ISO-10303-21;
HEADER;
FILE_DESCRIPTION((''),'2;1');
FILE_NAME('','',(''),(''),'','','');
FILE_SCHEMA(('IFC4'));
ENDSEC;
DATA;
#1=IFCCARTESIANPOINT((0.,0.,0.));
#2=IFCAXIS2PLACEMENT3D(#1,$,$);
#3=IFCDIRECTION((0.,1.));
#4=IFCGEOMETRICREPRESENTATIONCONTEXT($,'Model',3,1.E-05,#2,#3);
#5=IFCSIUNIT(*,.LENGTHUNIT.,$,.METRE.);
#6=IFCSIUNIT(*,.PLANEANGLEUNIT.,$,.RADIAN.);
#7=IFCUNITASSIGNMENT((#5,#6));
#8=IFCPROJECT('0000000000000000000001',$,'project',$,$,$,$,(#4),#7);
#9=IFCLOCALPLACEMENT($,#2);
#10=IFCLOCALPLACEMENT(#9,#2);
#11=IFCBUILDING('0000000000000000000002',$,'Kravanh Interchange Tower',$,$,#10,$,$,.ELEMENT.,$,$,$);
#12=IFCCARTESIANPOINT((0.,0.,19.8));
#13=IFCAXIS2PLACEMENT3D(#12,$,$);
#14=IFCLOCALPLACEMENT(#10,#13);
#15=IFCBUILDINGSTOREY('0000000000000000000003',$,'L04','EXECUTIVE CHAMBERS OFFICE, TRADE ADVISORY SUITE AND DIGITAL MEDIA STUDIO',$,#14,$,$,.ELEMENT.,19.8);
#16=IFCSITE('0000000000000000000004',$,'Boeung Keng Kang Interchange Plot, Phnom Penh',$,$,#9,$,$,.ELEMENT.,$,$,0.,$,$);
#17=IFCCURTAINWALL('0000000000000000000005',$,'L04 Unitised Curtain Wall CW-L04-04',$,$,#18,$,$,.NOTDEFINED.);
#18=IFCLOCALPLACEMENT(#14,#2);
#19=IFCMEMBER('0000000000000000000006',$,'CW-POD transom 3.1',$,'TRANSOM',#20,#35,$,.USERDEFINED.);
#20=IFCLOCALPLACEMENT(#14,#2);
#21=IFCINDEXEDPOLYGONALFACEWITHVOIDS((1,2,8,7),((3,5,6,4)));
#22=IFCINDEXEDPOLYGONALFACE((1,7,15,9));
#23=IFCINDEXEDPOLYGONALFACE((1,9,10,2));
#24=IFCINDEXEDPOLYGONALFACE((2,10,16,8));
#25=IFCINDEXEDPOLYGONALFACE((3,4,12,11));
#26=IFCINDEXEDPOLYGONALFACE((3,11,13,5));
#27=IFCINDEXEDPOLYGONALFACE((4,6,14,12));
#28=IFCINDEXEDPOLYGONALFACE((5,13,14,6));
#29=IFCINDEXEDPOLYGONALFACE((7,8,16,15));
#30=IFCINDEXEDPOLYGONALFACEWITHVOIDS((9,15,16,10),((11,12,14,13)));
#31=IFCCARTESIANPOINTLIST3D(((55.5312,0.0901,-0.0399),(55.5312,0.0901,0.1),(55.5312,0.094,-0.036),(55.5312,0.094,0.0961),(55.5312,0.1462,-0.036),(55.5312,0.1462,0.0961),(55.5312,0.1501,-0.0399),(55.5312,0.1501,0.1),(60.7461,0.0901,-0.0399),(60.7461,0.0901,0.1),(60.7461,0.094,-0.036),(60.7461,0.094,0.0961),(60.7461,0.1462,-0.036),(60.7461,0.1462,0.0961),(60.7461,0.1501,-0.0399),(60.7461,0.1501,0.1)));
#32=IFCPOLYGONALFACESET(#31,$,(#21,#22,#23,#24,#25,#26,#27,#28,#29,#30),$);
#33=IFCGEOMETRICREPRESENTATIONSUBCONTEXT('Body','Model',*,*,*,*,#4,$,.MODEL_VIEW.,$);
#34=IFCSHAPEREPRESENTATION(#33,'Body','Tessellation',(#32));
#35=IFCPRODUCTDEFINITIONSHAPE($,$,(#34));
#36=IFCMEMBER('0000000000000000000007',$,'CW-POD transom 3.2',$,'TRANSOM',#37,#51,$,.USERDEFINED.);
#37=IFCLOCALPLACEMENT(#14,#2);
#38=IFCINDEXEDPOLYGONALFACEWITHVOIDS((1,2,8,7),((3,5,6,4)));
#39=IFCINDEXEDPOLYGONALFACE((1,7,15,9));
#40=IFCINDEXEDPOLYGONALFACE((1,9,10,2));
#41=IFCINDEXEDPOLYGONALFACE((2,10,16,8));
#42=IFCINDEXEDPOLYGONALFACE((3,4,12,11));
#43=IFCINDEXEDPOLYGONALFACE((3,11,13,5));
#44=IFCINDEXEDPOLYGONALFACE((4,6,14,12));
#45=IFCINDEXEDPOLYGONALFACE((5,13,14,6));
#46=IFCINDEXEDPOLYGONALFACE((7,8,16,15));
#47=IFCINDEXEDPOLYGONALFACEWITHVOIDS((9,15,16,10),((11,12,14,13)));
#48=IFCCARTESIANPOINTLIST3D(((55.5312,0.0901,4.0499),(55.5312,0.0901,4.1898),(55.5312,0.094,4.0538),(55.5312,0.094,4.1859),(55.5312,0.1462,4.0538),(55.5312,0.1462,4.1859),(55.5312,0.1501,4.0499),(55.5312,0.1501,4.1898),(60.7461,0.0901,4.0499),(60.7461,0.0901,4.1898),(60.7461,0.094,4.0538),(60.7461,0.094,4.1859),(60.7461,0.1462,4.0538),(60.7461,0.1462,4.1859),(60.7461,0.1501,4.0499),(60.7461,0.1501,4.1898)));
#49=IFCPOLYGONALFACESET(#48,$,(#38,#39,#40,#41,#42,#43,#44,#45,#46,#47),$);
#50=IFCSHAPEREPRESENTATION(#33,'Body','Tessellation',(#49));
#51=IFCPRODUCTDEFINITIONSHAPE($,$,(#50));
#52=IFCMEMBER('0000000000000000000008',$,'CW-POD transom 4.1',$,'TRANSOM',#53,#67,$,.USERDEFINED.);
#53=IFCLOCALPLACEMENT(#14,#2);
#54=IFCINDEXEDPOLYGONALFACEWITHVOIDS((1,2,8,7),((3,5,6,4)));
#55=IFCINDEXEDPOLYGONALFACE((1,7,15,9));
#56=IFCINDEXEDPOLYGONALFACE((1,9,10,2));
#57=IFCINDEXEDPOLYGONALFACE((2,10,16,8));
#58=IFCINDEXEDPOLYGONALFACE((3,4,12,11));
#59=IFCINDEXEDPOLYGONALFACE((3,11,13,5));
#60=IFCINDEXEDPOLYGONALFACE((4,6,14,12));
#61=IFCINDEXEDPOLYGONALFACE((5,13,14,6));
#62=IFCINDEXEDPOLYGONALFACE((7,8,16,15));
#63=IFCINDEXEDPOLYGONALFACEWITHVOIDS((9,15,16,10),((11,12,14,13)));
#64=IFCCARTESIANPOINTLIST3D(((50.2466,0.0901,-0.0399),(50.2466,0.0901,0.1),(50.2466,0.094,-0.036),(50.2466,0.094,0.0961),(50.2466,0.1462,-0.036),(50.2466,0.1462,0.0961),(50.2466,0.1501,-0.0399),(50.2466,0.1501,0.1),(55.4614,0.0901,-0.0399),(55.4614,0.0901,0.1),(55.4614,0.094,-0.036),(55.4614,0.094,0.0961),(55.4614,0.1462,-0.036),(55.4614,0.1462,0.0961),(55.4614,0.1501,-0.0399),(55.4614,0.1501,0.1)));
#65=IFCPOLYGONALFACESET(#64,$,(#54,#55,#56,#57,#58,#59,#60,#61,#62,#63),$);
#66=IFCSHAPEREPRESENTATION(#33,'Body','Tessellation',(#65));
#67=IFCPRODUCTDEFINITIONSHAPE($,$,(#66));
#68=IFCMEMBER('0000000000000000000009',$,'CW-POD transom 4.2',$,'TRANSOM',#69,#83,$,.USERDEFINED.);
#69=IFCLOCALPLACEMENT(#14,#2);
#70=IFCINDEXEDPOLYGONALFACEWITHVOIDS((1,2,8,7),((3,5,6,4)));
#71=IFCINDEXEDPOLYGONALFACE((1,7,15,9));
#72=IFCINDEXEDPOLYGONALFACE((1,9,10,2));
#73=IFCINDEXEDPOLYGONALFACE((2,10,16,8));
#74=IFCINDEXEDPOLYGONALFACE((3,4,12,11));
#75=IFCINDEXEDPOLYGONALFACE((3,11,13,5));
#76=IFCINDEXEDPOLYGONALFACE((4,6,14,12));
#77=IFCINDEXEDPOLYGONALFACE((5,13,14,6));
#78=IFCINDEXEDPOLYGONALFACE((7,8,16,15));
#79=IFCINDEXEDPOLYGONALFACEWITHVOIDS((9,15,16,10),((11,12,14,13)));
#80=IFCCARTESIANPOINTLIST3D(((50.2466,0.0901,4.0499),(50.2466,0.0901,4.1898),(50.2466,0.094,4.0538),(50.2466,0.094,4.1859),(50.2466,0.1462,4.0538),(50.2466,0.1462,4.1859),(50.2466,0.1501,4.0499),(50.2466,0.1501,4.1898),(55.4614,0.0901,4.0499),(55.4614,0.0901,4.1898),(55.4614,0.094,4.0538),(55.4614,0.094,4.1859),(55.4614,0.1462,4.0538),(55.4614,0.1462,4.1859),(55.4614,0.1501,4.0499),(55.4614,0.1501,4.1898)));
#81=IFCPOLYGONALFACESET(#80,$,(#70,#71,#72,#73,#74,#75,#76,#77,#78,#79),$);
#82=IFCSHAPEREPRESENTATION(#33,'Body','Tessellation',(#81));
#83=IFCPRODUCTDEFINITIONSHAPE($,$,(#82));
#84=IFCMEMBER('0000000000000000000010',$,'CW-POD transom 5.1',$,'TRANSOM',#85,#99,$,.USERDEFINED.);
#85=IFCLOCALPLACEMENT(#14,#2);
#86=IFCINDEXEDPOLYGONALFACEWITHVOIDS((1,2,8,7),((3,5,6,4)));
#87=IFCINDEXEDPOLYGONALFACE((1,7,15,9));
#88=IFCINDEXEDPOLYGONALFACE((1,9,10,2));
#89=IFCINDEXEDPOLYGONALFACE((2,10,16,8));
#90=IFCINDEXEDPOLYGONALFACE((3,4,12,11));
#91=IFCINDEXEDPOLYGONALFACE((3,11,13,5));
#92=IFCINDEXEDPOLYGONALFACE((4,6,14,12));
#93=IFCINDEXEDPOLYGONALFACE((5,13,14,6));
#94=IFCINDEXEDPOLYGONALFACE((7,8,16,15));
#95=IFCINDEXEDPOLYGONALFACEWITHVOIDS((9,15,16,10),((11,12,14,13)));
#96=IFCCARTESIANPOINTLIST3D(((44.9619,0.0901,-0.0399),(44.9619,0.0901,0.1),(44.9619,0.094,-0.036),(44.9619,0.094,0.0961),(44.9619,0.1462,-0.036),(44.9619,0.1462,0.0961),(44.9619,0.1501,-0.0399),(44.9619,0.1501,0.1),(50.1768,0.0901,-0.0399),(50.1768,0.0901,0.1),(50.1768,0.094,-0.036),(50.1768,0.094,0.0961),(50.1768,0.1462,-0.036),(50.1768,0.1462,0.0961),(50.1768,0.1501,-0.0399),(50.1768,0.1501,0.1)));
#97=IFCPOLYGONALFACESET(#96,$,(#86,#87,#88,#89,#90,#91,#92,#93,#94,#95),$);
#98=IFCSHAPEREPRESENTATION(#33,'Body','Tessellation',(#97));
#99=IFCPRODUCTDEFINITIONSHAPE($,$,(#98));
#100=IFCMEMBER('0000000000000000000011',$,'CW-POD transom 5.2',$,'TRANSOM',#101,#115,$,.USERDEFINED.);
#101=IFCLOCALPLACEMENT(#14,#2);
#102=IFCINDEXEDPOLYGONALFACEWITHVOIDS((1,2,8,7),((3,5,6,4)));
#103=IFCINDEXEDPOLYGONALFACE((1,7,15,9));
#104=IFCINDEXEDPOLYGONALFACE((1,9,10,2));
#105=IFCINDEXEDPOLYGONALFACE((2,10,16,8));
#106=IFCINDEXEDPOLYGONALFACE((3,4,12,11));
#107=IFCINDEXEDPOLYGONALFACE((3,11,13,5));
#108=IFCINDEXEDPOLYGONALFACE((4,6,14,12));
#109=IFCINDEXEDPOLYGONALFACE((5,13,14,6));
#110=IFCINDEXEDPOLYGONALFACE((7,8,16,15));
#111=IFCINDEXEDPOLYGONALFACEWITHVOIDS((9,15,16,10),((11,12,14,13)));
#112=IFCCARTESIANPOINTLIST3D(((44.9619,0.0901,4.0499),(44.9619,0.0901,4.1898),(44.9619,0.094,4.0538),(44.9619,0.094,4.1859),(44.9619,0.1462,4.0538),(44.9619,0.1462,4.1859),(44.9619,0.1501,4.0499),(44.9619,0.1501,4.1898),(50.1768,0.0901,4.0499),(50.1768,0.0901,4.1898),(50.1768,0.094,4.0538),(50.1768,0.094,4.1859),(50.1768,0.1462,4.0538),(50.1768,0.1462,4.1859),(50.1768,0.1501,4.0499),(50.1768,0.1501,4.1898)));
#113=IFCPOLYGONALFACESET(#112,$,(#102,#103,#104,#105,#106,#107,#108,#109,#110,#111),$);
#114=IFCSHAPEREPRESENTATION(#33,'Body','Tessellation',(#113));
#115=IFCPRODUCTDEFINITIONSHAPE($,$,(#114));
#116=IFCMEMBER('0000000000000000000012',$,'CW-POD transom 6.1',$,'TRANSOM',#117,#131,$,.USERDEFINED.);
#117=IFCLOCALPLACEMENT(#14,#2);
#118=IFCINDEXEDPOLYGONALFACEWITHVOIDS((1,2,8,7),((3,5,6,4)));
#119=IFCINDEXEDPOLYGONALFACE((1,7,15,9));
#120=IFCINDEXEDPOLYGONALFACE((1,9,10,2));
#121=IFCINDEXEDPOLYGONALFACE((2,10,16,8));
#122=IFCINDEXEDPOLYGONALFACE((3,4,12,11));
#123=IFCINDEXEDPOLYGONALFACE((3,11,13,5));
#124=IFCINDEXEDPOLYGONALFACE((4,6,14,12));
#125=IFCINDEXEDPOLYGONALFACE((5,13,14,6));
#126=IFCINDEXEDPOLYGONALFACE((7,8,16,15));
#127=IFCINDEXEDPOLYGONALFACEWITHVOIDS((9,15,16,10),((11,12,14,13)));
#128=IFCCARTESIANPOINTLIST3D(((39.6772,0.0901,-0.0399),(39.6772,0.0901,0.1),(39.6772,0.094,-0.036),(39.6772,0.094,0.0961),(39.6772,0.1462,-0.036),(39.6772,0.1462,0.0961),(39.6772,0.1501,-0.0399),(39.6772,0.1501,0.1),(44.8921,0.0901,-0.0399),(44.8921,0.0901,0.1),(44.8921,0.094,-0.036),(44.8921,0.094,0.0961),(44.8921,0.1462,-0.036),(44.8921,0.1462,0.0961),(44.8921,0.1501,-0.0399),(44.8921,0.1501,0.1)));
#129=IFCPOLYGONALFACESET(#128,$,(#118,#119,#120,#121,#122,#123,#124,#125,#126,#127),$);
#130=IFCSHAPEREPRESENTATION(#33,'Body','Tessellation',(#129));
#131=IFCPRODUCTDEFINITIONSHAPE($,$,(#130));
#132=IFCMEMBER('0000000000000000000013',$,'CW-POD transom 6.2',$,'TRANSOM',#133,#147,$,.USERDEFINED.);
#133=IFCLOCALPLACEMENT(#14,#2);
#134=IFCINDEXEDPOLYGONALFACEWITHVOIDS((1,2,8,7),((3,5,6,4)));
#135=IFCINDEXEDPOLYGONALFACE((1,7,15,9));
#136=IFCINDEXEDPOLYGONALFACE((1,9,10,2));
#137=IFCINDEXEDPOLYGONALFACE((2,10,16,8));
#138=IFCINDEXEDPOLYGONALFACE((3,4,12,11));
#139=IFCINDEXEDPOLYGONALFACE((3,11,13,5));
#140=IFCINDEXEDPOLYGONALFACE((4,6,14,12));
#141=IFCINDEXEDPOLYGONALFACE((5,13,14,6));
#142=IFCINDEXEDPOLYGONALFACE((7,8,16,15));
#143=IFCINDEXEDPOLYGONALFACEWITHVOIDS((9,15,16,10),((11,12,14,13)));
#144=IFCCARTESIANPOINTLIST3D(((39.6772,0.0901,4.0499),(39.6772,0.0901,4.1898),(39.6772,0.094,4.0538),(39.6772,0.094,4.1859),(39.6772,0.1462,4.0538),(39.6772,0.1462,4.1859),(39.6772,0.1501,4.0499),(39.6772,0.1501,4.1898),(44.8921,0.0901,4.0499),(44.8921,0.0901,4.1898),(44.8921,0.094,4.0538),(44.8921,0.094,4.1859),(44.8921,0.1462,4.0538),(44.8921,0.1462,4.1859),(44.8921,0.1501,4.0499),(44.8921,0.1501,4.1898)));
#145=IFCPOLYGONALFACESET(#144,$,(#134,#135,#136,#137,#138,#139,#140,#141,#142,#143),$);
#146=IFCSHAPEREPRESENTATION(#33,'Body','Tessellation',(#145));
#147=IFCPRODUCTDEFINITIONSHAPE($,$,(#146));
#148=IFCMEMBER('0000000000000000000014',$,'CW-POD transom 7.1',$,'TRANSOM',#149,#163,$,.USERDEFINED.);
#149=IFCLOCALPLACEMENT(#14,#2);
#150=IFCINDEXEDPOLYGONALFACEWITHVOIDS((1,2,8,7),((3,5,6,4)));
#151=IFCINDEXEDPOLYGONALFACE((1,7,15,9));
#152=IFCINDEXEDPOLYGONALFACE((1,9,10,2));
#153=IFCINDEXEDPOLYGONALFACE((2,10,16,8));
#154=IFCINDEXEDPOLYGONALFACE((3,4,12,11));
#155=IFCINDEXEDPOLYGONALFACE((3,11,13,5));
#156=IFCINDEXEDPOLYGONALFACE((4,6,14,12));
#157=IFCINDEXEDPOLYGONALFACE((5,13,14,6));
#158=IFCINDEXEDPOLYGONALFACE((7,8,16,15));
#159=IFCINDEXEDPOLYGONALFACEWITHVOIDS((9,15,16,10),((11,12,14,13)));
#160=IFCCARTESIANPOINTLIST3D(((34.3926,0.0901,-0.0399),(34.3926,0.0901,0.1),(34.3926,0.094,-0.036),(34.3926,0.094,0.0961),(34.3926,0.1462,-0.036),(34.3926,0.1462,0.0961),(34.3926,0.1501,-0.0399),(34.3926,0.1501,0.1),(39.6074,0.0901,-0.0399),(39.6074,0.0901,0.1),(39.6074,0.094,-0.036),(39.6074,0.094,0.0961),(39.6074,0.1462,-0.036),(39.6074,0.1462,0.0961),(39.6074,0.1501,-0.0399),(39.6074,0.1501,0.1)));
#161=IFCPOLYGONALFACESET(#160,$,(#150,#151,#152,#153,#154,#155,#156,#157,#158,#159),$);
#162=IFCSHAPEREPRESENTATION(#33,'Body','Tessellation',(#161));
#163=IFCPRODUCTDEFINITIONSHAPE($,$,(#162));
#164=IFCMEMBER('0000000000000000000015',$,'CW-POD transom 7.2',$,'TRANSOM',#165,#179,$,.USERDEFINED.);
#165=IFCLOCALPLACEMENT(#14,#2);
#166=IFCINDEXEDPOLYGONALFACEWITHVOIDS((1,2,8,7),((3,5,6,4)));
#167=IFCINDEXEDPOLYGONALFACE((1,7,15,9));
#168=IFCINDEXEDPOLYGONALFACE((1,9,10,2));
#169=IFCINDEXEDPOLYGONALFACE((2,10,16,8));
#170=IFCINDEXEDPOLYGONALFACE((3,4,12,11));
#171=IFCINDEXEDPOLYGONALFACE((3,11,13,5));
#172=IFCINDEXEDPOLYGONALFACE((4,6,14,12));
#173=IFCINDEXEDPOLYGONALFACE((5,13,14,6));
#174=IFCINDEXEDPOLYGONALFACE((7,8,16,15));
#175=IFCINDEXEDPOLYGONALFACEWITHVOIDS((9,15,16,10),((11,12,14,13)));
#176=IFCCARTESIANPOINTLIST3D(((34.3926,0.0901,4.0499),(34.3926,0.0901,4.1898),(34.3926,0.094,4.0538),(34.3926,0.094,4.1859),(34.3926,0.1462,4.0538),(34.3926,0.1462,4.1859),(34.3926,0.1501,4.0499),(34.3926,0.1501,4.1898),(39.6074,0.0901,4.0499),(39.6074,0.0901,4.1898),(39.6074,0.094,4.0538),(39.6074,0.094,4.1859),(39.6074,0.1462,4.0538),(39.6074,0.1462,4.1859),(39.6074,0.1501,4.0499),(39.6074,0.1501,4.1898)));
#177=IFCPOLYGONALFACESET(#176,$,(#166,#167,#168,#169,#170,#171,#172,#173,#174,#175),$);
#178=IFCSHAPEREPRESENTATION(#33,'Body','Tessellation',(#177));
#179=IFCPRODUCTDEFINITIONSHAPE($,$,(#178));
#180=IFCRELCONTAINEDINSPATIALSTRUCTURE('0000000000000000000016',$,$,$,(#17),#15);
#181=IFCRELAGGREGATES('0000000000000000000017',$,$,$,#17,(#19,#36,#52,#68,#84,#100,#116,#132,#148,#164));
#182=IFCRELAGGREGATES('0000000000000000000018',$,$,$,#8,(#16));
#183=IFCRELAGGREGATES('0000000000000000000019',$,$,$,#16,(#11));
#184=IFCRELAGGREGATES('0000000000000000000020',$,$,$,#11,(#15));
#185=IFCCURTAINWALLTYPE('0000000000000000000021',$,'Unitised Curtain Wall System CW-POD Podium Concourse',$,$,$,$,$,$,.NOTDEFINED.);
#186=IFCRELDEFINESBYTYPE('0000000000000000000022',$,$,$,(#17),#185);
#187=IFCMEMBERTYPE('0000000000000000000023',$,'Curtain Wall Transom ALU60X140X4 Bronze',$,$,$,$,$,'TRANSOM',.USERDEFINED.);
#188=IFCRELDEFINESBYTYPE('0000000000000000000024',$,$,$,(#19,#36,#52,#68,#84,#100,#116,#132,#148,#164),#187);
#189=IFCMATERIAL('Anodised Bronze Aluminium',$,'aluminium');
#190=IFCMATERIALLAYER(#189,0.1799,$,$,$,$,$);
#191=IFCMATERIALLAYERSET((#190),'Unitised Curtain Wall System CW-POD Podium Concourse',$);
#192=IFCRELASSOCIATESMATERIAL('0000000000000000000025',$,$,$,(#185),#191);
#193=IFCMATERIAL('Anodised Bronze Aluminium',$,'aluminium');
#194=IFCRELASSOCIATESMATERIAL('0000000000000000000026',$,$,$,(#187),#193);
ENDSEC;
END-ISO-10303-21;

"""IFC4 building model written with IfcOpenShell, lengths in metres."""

from ifc_helpers import new_model, si_unit, direction, frame, origin, origin_2d, place, context, subcontext, project, spatial, hollow_rectangle, extrude, material, layer, layer_set, material_profile, profile_set, type_object, element, aggregate, save


model = new_model("IFC4")

# Units and contexts
model_context = context("Model", 3, precision=1e-05, world=origin(), true_north=direction((0.0, 1.0)))
body_context = subcontext(model_context, "Body", "Model", "MODEL_VIEW")
ifc_project = project(units=[si_unit("LENGTHUNIT", "METRE"), si_unit("PLANEANGLEUNIT", "RADIAN")], contexts=[model_context])

# Site, building, storey
site_placement = place(None, origin())
site = spatial("IfcSite", under=ifc_project, at=site_placement, Name="Boeung Keng Kang Interchange Plot, Phnom Penh", CompositionType="ELEMENT", RefElevation=0.0)
building_placement = place(site_placement, origin())
building = spatial("IfcBuilding", under=site, at=building_placement, Name="Kravanh Interchange Tower", CompositionType="ELEMENT")
storey_placement = place(building_placement, frame((0.0, 0.0, 19.8)))
storey = spatial("IfcBuildingStorey", under=building, at=storey_placement, Name="L04", Description="EXECUTIVE CHAMBERS OFFICE, TRADE ADVISORY SUITE AND DIGITAL MEDIA STUDIO", CompositionType="ELEMENT", Elevation=19.8)

# Curtain wall, members
ifc_material_1 = material(Name="Anodised Bronze Aluminium", Category="aluminium")
ifc_layer_1 = layer(ifc_material_1, 0.1799)
ifc_layer_set_1 = layer_set([ifc_layer_1], Name="Unitised Curtain Wall System CW-POD Podium Concourse")
curtain_wall_type = type_object("IfcCurtainWallType", Name="Unitised Curtain Wall System CW-POD Podium Concourse", PredefinedType="NOTDEFINED", material=ifc_layer_set_1)
curtain_wall_placement = place(storey_placement, origin())
curtain_wall = element("IfcCurtainWall", 1, at=curtain_wall_placement, inside=storey, type_object=curtain_wall_type, Name="L04 Unitised Curtain Wall CW-L04-04", PredefinedType="NOTDEFINED")
ifc_material_2 = material(Name="Anodised Bronze Aluminium", Category="aluminium")
ifc_material_profile_1 = material_profile(ifc_material_2, hollow_rectangle(XDim=0.0601, YDim=0.1399, WallThickness=0.0039, at=origin_2d()), Name="ALU60X140X4")
ifc_profile_set_1 = profile_set([ifc_material_profile_1], Name="Anodised Bronze Aluminium")
member_type_1 = type_object("IfcMemberType", Name="Curtain Wall Transom ALU60X140X4 Bronze", ElementType="TRANSOM", PredefinedType="USERDEFINED", material=ifc_profile_set_1)
member_1_placement = place(storey_placement, frame((60.7461, 0.1201, 0.03), z_axis=(-1.0, 0.0, 0.0), x_axis=(0.0, -1.0, 0.0)))
member_1 = element("IfcMember", 2, at=member_1_placement, type_object=member_type_1, Name="CW-POD transom 3.1", ObjectType="TRANSOM", PredefinedType="USERDEFINED", context=body_context, shape_type="SweptSolid", body=[
    extrude(hollow_rectangle(XDim=0.0601, YDim=0.1399, WallThickness=0.0039, at=origin_2d()), origin(), (0.0, 0.0, 1.0), 5.2148),
])
member_2_placement = place(storey_placement, frame((60.7461, 0.1201, 4.1199), z_axis=(-1.0, 0.0, 0.0), x_axis=(0.0, -1.0, 0.0)))
member_2 = element("IfcMember", 3, at=member_2_placement, type_object=member_type_1, Name="CW-POD transom 3.2", ObjectType="TRANSOM", PredefinedType="USERDEFINED", context=body_context, shape_type="SweptSolid", body=[
    extrude(hollow_rectangle(XDim=0.0601, YDim=0.1399, WallThickness=0.0039, at=origin_2d()), origin(), (0.0, 0.0, 1.0), 5.2148),
])
member_3_placement = place(storey_placement, frame((55.4614, 0.1201, 0.03), z_axis=(-1.0, 0.0, 0.0), x_axis=(0.0, -1.0, 0.0)))
member_3 = element("IfcMember", 4, at=member_3_placement, type_object=member_type_1, Name="CW-POD transom 4.1", ObjectType="TRANSOM", PredefinedType="USERDEFINED", context=body_context, shape_type="SweptSolid", body=[
    extrude(hollow_rectangle(XDim=0.0601, YDim=0.1399, WallThickness=0.0039, at=origin_2d()), origin(), (0.0, 0.0, 1.0), 5.2148),
])
member_4_placement = place(storey_placement, frame((55.4614, 0.1201, 4.1199), z_axis=(-1.0, 0.0, 0.0), x_axis=(0.0, -1.0, 0.0)))
member_4 = element("IfcMember", 5, at=member_4_placement, type_object=member_type_1, Name="CW-POD transom 4.2", ObjectType="TRANSOM", PredefinedType="USERDEFINED", context=body_context, shape_type="SweptSolid", body=[
    extrude(hollow_rectangle(XDim=0.0601, YDim=0.1399, WallThickness=0.0039, at=origin_2d()), origin(), (0.0, 0.0, 1.0), 5.2148),
])
member_5_placement = place(storey_placement, frame((50.1768, 0.1201, 0.03), z_axis=(-1.0, 0.0, 0.0), x_axis=(0.0, -1.0, 0.0)))
member_5 = element("IfcMember", 6, at=member_5_placement, type_object=member_type_1, Name="CW-POD transom 5.1", ObjectType="TRANSOM", PredefinedType="USERDEFINED", context=body_context, shape_type="SweptSolid", body=[
    extrude(hollow_rectangle(XDim=0.0601, YDim=0.1399, WallThickness=0.0039, at=origin_2d()), origin(), (0.0, 0.0, 1.0), 5.2148),
])
member_6_placement = place(storey_placement, frame((50.1768, 0.1201, 4.1199), z_axis=(-1.0, 0.0, 0.0), x_axis=(0.0, -1.0, 0.0)))
member_6 = element("IfcMember", 7, at=member_6_placement, type_object=member_type_1, Name="CW-POD transom 5.2", ObjectType="TRANSOM", PredefinedType="USERDEFINED", context=body_context, shape_type="SweptSolid", body=[
    extrude(hollow_rectangle(XDim=0.0601, YDim=0.1399, WallThickness=0.0039, at=origin_2d()), origin(), (0.0, 0.0, 1.0), 5.2148),
])
member_7_placement = place(storey_placement, frame((44.8921, 0.1201, 0.03), z_axis=(-1.0, 0.0, 0.0), x_axis=(0.0, -1.0, 0.0)))
member_7 = element("IfcMember", 8, at=member_7_placement, type_object=member_type_1, Name="CW-POD transom 6.1", ObjectType="TRANSOM", PredefinedType="USERDEFINED", context=body_context, shape_type="SweptSolid", body=[
    extrude(hollow_rectangle(XDim=0.0601, YDim=0.1399, WallThickness=0.0039, at=origin_2d()), origin(), (0.0, 0.0, 1.0), 5.2148),
])
member_8_placement = place(storey_placement, frame((44.8921, 0.1201, 4.1199), z_axis=(-1.0, 0.0, 0.0), x_axis=(0.0, -1.0, 0.0)))
member_8 = element("IfcMember", 9, at=member_8_placement, type_object=member_type_1, Name="CW-POD transom 6.2", ObjectType="TRANSOM", PredefinedType="USERDEFINED", context=body_context, shape_type="SweptSolid", body=[
    extrude(hollow_rectangle(XDim=0.0601, YDim=0.1399, WallThickness=0.0039, at=origin_2d()), origin(), (0.0, 0.0, 1.0), 5.2148),
])
member_9_placement = place(storey_placement, frame((39.6074, 0.1201, 0.03), z_axis=(-1.0, 0.0, 0.0), x_axis=(0.0, -1.0, 0.0)))
member_9 = element("IfcMember", 10, at=member_9_placement, type_object=member_type_1, Name="CW-POD transom 7.1", ObjectType="TRANSOM", PredefinedType="USERDEFINED", context=body_context, shape_type="SweptSolid", body=[
    extrude(hollow_rectangle(XDim=0.0601, YDim=0.1399, WallThickness=0.0039, at=origin_2d()), origin(), (0.0, 0.0, 1.0), 5.2148),
])
member_10_placement = place(storey_placement, frame((39.6074, 0.1201, 4.1199), z_axis=(-1.0, 0.0, 0.0), x_axis=(0.0, -1.0, 0.0)))
member_10 = element("IfcMember", 11, at=member_10_placement, type_object=member_type_1, Name="CW-POD transom 7.2", ObjectType="TRANSOM", PredefinedType="USERDEFINED", context=body_context, shape_type="SweptSolid", body=[
    extrude(hollow_rectangle(XDim=0.0601, YDim=0.1399, WallThickness=0.0039, at=origin_2d()), origin(), (0.0, 0.0, 1.0), 5.2148),
])

aggregate(curtain_wall, [member_1, member_2, member_3, member_4, member_5, member_6, member_7, member_8, member_9, member_10])

save(model, "model.ifc")
